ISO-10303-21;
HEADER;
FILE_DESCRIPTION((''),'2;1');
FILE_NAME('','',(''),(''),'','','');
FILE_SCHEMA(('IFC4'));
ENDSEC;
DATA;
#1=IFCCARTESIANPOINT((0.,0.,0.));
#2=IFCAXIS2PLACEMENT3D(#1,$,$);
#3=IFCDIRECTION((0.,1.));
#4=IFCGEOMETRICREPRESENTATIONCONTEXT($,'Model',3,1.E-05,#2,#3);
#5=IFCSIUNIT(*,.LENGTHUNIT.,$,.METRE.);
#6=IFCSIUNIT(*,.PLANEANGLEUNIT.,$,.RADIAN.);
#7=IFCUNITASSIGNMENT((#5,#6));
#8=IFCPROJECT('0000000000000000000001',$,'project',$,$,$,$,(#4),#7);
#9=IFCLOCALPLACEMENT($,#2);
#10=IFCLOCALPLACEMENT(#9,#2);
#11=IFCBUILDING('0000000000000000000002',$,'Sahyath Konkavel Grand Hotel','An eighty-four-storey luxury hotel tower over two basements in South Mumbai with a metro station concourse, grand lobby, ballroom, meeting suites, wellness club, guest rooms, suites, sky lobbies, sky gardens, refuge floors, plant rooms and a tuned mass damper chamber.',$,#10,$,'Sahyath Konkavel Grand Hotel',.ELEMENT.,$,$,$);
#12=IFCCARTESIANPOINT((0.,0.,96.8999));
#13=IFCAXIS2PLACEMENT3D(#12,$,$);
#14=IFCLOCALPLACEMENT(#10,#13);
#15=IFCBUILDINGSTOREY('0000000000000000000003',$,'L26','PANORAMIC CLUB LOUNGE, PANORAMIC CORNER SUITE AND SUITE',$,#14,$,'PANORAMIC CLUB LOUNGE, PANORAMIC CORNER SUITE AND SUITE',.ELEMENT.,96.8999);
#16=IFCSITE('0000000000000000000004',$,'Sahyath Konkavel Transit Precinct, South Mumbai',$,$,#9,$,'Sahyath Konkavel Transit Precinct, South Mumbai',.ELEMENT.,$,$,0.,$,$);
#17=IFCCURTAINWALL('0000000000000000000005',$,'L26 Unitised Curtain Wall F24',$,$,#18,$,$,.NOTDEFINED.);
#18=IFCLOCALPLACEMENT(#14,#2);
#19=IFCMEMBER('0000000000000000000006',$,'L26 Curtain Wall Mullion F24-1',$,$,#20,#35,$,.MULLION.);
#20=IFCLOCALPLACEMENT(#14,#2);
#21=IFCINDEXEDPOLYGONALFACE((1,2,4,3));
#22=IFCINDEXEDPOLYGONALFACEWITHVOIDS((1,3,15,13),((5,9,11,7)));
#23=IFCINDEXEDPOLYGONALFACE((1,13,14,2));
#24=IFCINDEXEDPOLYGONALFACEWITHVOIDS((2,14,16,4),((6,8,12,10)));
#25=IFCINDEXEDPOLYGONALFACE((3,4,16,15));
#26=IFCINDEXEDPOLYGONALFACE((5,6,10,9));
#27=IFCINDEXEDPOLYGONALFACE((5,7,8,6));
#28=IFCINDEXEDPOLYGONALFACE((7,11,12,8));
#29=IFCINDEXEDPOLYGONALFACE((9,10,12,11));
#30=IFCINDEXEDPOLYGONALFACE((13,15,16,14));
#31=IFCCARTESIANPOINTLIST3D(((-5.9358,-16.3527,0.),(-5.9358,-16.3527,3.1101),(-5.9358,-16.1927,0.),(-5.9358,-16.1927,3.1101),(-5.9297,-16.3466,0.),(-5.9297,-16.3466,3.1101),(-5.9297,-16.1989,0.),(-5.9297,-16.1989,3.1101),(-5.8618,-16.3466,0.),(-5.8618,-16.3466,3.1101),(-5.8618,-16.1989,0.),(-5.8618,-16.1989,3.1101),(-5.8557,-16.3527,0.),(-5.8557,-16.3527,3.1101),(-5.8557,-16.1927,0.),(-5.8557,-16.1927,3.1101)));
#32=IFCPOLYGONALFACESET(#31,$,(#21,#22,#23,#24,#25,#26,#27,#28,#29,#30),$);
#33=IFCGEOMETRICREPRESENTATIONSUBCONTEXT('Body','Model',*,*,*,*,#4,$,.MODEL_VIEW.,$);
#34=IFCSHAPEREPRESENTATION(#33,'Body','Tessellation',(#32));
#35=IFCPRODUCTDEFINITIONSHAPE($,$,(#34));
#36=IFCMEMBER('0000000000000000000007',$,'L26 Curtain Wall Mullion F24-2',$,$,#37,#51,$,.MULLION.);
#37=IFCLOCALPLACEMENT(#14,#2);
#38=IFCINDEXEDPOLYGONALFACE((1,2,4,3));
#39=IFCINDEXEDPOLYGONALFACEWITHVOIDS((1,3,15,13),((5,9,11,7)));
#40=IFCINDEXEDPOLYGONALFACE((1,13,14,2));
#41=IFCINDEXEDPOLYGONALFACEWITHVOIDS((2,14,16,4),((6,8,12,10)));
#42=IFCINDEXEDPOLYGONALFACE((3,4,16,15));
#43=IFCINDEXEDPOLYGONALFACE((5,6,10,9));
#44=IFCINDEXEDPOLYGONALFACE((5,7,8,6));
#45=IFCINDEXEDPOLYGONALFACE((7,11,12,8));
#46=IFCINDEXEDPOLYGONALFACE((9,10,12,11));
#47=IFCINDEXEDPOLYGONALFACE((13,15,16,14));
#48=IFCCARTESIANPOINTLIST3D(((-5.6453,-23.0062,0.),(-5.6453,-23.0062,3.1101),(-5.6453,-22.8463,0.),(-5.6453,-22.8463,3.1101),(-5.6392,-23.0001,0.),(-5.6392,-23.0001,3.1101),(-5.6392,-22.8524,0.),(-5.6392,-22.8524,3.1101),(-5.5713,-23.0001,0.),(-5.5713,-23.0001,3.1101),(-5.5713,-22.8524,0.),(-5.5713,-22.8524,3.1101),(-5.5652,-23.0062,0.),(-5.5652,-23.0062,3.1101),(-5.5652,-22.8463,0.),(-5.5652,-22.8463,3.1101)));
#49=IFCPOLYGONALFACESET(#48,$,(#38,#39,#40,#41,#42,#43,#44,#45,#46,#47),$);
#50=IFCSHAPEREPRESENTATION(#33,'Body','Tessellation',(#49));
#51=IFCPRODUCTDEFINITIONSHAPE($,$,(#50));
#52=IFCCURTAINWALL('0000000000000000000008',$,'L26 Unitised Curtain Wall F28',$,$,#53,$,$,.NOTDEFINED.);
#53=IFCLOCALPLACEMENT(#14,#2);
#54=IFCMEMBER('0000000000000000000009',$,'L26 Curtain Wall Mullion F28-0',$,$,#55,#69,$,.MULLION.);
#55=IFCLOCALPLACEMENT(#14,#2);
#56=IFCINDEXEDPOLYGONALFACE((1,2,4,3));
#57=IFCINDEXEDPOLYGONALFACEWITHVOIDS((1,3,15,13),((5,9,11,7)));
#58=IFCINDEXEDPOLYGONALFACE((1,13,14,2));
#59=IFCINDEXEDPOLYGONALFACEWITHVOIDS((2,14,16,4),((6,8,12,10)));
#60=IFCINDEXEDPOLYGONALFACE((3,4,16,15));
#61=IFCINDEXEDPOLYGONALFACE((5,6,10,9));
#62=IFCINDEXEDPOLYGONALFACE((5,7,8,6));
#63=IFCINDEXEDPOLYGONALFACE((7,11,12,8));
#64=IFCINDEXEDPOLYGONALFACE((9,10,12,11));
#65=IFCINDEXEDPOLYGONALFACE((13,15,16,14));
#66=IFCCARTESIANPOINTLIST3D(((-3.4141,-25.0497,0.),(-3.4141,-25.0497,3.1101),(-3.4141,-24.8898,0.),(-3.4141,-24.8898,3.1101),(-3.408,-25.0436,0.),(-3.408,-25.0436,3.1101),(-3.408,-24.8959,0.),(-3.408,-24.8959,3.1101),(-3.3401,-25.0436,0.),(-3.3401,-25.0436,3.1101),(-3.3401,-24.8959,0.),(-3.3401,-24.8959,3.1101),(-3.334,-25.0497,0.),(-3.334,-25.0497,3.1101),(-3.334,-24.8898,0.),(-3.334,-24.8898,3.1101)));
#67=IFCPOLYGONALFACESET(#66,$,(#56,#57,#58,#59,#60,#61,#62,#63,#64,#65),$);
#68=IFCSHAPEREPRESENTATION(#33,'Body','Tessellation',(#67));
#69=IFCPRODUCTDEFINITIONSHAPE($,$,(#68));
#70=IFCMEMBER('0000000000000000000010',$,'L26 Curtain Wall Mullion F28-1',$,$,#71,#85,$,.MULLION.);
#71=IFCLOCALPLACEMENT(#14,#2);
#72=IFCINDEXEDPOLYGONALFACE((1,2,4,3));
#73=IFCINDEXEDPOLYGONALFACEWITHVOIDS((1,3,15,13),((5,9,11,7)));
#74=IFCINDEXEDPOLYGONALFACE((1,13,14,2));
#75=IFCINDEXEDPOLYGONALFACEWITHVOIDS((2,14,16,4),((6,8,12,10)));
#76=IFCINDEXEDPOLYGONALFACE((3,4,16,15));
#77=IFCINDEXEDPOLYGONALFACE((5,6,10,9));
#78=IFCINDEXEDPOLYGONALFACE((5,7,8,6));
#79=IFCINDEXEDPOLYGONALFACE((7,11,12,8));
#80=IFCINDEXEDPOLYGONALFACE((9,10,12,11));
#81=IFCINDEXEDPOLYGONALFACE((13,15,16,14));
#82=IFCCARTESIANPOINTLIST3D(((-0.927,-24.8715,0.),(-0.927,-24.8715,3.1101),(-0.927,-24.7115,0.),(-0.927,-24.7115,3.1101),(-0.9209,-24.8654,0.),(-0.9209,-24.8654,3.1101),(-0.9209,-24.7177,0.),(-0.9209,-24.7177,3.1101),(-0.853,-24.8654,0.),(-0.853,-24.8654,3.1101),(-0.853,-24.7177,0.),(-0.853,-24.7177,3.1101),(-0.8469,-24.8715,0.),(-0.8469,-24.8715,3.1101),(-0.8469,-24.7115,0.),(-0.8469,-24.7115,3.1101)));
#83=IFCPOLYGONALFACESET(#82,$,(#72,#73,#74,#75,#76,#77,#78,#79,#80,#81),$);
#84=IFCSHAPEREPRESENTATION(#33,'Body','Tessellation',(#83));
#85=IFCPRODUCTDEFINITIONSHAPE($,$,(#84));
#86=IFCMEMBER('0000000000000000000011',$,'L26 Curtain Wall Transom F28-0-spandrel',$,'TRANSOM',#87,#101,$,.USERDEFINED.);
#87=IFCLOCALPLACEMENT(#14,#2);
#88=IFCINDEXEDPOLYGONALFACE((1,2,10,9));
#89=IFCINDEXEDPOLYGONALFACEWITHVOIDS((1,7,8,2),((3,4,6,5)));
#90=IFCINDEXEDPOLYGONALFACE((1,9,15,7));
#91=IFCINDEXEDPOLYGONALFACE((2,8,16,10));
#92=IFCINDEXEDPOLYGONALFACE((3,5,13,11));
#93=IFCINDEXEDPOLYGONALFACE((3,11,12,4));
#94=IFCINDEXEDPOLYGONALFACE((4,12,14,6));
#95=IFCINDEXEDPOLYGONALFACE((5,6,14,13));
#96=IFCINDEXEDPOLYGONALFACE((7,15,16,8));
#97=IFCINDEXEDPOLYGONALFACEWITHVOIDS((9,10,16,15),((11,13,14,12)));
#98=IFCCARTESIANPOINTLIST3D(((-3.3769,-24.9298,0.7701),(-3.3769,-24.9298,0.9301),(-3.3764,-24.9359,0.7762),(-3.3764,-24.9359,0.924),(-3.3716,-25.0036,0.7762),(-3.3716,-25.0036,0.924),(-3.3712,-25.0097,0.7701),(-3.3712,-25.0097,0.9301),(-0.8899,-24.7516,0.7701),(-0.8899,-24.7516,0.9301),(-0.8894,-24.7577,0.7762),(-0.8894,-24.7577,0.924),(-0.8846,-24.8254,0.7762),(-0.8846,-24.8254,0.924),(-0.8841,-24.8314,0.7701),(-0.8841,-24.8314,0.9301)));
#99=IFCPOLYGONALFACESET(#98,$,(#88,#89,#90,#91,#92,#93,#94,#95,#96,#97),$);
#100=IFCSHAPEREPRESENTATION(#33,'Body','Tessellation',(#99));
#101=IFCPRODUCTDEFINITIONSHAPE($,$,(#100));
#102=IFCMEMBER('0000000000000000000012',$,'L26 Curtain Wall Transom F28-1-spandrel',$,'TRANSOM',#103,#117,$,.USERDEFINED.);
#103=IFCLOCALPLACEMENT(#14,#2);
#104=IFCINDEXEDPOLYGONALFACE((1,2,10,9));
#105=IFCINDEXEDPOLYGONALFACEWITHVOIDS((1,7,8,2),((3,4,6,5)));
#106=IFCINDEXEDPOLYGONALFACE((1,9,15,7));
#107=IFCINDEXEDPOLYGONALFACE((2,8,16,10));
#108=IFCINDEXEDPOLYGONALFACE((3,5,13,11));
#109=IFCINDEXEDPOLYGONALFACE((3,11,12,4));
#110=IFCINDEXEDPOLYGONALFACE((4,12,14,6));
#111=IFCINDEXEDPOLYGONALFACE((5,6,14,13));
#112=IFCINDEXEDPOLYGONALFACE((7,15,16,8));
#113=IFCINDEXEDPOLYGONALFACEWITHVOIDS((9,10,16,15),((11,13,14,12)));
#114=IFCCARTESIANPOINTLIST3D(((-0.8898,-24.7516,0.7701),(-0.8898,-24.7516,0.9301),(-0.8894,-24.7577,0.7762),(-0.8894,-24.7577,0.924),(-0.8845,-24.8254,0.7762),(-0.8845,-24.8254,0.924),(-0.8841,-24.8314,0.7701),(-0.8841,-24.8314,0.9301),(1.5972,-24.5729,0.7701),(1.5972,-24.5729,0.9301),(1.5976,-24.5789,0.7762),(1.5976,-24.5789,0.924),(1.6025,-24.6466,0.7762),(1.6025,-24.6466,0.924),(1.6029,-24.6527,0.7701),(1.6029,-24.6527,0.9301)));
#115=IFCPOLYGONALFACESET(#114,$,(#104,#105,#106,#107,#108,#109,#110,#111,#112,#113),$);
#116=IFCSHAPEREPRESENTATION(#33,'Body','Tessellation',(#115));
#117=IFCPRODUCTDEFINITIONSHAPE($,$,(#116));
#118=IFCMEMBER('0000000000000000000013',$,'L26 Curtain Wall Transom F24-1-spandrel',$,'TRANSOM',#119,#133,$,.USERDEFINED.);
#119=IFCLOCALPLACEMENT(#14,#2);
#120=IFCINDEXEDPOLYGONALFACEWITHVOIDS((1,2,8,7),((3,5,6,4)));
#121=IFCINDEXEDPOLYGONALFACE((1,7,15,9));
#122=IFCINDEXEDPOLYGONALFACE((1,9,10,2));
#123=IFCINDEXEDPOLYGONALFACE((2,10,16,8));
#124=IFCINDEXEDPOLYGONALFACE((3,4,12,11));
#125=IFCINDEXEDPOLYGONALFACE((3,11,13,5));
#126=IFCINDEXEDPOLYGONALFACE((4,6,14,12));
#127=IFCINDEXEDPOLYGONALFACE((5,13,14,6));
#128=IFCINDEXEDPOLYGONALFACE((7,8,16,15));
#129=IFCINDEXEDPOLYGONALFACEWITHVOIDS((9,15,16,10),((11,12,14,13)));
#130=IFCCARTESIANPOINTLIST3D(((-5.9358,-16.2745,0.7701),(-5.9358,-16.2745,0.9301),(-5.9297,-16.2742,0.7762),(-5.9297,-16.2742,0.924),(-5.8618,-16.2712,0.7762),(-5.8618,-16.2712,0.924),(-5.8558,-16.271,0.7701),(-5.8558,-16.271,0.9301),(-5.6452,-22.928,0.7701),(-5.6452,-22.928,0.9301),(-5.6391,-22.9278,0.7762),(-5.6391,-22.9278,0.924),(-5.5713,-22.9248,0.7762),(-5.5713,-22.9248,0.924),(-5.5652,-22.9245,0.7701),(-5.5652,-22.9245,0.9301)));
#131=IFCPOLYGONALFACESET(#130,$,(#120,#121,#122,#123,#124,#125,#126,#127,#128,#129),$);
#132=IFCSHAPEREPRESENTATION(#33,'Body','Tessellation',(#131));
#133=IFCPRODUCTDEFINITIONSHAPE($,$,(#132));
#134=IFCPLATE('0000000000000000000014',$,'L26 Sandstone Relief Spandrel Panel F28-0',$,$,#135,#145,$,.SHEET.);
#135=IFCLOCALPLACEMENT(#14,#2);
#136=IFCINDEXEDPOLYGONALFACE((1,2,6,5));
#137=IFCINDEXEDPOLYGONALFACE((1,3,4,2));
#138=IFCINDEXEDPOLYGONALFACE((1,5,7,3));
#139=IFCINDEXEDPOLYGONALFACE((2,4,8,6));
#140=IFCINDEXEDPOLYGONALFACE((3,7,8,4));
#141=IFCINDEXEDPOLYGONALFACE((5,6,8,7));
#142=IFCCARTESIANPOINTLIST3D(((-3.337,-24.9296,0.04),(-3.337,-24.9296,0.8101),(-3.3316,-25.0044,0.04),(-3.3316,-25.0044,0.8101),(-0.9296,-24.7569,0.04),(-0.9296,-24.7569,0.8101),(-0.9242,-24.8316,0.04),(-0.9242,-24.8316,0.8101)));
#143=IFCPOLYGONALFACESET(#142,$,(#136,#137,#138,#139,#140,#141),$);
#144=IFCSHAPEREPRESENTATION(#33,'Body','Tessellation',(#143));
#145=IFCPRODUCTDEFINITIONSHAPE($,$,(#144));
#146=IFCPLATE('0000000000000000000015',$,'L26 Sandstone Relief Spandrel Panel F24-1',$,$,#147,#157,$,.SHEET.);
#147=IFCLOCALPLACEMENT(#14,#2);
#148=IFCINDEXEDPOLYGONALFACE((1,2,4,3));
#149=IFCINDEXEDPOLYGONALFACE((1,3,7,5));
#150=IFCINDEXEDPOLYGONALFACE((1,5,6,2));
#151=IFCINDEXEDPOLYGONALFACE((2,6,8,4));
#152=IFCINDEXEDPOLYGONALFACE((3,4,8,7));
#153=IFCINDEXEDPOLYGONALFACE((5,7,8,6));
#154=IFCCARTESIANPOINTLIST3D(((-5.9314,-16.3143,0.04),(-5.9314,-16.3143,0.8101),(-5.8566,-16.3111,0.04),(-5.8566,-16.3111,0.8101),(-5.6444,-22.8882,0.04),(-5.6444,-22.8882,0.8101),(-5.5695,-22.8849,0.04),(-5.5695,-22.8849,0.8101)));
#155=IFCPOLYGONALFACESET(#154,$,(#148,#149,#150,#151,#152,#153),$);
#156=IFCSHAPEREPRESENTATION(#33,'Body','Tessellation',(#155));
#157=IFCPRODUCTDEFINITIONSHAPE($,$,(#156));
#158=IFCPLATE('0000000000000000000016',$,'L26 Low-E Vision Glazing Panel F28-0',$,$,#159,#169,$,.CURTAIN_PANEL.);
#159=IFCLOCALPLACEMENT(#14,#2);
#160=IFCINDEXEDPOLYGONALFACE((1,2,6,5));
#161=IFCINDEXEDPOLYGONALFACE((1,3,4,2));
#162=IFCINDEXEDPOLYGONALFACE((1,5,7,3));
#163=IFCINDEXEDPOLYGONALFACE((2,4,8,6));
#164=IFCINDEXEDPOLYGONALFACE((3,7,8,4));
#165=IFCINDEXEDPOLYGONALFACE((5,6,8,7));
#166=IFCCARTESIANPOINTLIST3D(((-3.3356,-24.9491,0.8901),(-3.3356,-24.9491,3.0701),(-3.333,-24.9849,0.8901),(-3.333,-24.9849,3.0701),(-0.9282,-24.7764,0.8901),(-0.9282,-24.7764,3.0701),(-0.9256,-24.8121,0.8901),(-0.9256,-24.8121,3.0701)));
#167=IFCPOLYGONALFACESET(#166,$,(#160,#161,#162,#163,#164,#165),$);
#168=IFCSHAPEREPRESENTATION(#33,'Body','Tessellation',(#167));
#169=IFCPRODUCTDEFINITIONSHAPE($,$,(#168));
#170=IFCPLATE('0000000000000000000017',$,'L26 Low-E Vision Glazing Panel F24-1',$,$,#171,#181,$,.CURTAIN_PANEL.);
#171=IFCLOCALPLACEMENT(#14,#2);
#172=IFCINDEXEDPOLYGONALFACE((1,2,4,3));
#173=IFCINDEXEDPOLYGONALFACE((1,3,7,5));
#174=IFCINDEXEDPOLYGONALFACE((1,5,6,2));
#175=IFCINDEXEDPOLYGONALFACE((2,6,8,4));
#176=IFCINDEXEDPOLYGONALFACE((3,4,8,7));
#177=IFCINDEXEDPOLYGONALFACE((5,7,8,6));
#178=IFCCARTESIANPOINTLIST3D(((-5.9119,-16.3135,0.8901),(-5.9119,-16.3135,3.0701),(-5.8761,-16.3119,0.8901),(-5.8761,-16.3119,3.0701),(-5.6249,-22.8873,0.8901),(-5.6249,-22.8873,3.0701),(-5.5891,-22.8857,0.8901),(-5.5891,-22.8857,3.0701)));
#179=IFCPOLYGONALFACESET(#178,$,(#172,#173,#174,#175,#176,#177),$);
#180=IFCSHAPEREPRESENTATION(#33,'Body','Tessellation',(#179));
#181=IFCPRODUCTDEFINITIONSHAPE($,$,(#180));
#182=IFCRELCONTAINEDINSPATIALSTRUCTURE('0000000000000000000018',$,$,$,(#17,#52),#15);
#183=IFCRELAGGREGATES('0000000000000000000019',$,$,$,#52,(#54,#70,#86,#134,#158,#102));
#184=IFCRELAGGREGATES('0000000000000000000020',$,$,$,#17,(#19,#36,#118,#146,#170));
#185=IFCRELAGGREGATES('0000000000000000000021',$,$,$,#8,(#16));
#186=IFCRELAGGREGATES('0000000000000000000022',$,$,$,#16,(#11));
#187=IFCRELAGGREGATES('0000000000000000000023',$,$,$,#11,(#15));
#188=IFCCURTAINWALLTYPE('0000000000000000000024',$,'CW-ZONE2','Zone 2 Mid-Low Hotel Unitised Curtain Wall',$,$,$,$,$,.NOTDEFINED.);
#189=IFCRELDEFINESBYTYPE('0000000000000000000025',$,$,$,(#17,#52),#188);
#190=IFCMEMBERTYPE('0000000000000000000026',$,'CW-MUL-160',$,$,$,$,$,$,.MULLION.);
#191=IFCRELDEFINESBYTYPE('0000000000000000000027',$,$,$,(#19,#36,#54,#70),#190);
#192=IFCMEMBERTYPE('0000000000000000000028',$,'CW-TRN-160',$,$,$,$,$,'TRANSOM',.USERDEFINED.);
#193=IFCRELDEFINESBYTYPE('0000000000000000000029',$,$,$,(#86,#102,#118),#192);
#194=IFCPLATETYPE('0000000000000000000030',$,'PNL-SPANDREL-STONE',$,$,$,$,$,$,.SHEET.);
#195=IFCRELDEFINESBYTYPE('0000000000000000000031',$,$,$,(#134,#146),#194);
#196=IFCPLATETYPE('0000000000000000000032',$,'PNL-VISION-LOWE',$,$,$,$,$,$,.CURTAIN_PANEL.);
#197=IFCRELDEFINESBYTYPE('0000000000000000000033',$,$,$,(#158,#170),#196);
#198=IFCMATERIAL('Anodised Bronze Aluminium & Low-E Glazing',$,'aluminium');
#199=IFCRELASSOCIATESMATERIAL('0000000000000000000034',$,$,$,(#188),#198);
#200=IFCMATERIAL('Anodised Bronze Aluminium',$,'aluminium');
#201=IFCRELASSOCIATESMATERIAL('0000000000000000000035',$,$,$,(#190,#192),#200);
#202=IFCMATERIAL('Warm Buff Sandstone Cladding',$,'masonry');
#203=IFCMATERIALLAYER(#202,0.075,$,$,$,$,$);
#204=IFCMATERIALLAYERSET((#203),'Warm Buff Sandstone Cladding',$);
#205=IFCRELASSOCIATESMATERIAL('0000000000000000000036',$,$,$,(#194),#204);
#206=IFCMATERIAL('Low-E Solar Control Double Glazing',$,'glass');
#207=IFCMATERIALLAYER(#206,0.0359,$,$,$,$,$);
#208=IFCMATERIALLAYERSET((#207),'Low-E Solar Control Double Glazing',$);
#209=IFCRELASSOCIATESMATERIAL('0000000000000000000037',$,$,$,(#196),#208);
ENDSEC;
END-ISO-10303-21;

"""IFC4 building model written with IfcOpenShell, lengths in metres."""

from ifc_helpers import new_model, si_unit, direction, frame, origin, origin_2d, place, context, subcontext, project, spatial, rectangle, hollow_rectangle, extrude, source, transform, mapped, material, layer, layer_set, material_profile, profile_set, type_object, element, aggregate, save


model = new_model("IFC4")

# Units and contexts
model_context = context("Model", 3, precision=1e-05, world=origin(), true_north=direction((0.0, 1.0)))
body_context = subcontext(model_context, "Body", "Model", "MODEL_VIEW")
ifc_project = project(units=[si_unit("LENGTHUNIT", "METRE"), si_unit("PLANEANGLEUNIT", "RADIAN")], contexts=[model_context])

# Site, building, storey
site_placement = place(None, origin())
site = spatial("IfcSite", under=ifc_project, at=site_placement, Name="Sahyath Konkavel Transit Precinct, South Mumbai", LongName="Sahyath Konkavel Transit Precinct, South Mumbai", CompositionType="ELEMENT", RefElevation=0.0)
building_placement = place(site_placement, origin())
building = spatial("IfcBuilding", under=site, at=building_placement, Name="Sahyath Konkavel Grand Hotel", Description="An eighty-four-storey luxury hotel tower over two basements in South Mumbai with a metro station concourse, grand lobby, ballroom, meeting suites, wellness club, guest rooms, suites, sky lobbies, sky gardens, refuge floors, plant rooms and a tuned mass damper chamber.", LongName="Sahyath Konkavel Grand Hotel", CompositionType="ELEMENT")
storey_placement = place(building_placement, frame((0.0, 0.0, 96.8999)))
storey = spatial("IfcBuildingStorey", under=building, at=storey_placement, Name="L26", Description="PANORAMIC CLUB LOUNGE, PANORAMIC CORNER SUITE AND SUITE", LongName="PANORAMIC CLUB LOUNGE, PANORAMIC CORNER SUITE AND SUITE", CompositionType="ELEMENT", Elevation=96.8999)

# Curtain walls, members
ifc_material_1 = material(Name="Anodised Bronze Aluminium & Low-E Glazing", Category="aluminium")
curtain_wall_type = type_object("IfcCurtainWallType", Name="CW-ZONE2", Description="Zone 2 Mid-Low Hotel Unitised Curtain Wall", PredefinedType="NOTDEFINED", material=ifc_material_1)
curtain_wall_1_placement = place(storey_placement, origin())
curtain_wall_1 = element("IfcCurtainWall", 1, at=curtain_wall_1_placement, inside=storey, type_object=curtain_wall_type, Name="L26 Unitised Curtain Wall F24", PredefinedType="NOTDEFINED")
ifc_material_2 = material(Name="Anodised Bronze Aluminium", Category="aluminium")
ifc_material_profile_1 = material_profile(ifc_material_2, hollow_rectangle(XDim=0.0801, YDim=0.1599, WallThickness=0.0061, at=origin_2d()), Name="RHS 160x80x6")
ifc_profile_set_1 = profile_set([ifc_material_profile_1], Name="Anodised Bronze Aluminium")
member_type_1 = type_object("IfcMemberType", Name="CW-MUL-160", PredefinedType="MULLION", material=ifc_profile_set_1)
shared_shape_1 = source(origin(), body_context, "Body", "SweptSolid", [
    extrude(hollow_rectangle(XDim=0.0801, YDim=0.1599, WallThickness=0.0061, at=origin_2d()), origin(), (0.0, 0.0, 1.0), 3.1101),
])
member_1_placement = place(storey_placement, frame((-5.8958, -16.2727, 0.0), z_axis=(0.0, 0.0, 1.0), x_axis=(1.0, 0.0, 0.0)))
member_1 = element("IfcMember", 2, at=member_1_placement, type_object=member_type_1, Name="L26 Curtain Wall Mullion F24-1", PredefinedType="MULLION", context=body_context, shape_type="MappedRepresentation", body=[
    mapped(shared_shape_1, transform((0.0, 0.0, 0.0), scale=1.0)),
])
member_2_placement = place(storey_placement, frame((-5.6052, -22.9263, 0.0), z_axis=(0.0, 0.0, 1.0), x_axis=(1.0, 0.0, 0.0)))
member_2 = element("IfcMember", 3, at=member_2_placement, type_object=member_type_1, Name="L26 Curtain Wall Mullion F24-2", PredefinedType="MULLION", context=body_context, shape_type="MappedRepresentation", body=[
    mapped(shared_shape_1, transform((0.0, 0.0, 0.0), scale=1.0)),
])
curtain_wall_2_placement = place(storey_placement, origin())
curtain_wall_2 = element("IfcCurtainWall", 4, at=curtain_wall_2_placement, inside=storey, type_object=curtain_wall_type, Name="L26 Unitised Curtain Wall F28", PredefinedType="NOTDEFINED")
member_3_placement = place(storey_placement, frame((-3.374, -24.9697, 0.0), z_axis=(0.0, 0.0, 1.0), x_axis=(1.0, 0.0, 0.0)))
member_3 = element("IfcMember", 5, at=member_3_placement, type_object=member_type_1, Name="L26 Curtain Wall Mullion F28-0", PredefinedType="MULLION", context=body_context, shape_type="MappedRepresentation", body=[
    mapped(shared_shape_1, transform((0.0, 0.0, 0.0), scale=1.0)),
])
member_4_placement = place(storey_placement, frame((-0.887, -24.7915, 0.0), z_axis=(0.0, 0.0, 1.0), x_axis=(1.0, 0.0, 0.0)))
member_4 = element("IfcMember", 6, at=member_4_placement, type_object=member_type_1, Name="L26 Curtain Wall Mullion F28-1", PredefinedType="MULLION", context=body_context, shape_type="MappedRepresentation", body=[
    mapped(shared_shape_1, transform((0.0, 0.0, 0.0), scale=1.0)),
])
ifc_material_profile_2 = material_profile(ifc_material_2, hollow_rectangle(XDim=0.0801, YDim=0.1599, WallThickness=0.0061, at=origin_2d()), Name="RHS 160x80x6")
ifc_profile_set_2 = profile_set([ifc_material_profile_2], Name="Anodised Bronze Aluminium")
member_type_2 = type_object("IfcMemberType", Name="CW-TRN-160", ElementType="TRANSOM", PredefinedType="USERDEFINED", material=ifc_profile_set_2)
shared_shape_2 = source(origin(), body_context, "Body", "SweptSolid", [
    extrude(hollow_rectangle(XDim=0.0801, YDim=0.1599, WallThickness=0.0061, at=origin_2d()), origin(), (0.0, 0.0, 1.0), 2.4934),
])
member_5_placement = place(storey_placement, frame((-3.374, -24.9697, 0.8501), z_axis=(0.997442, 0.071477, 0.0), x_axis=(-0.071477, 0.997442, 0.0)))
member_5 = element("IfcMember", 7, at=member_5_placement, type_object=member_type_2, Name="L26 Curtain Wall Transom F28-0-spandrel", ObjectType="TRANSOM", PredefinedType="USERDEFINED", context=body_context, shape_type="MappedRepresentation", body=[
    mapped(shared_shape_2, transform((0.0, 0.0, 0.0), scale=1.0)),
])
member_6_placement = place(storey_placement, frame((-0.887, -24.7915, 0.8501), z_axis=(0.997428, 0.071671, 0.0), x_axis=(-0.071671, 0.997428, 0.0)))
member_6 = element("IfcMember", 8, at=member_6_placement, type_object=member_type_2, Name="L26 Curtain Wall Transom F28-1-spandrel", ObjectType="TRANSOM", PredefinedType="USERDEFINED", context=body_context, shape_type="MappedRepresentation", body=[
    mapped(shared_shape_2, transform((0.0, 0.0, 0.0), scale=1.0)),
])

# Member
shared_shape_3 = source(origin(), body_context, "Body", "SweptSolid", [
    extrude(hollow_rectangle(XDim=0.0801, YDim=0.1599, WallThickness=0.0061, at=origin_2d()), origin(), (0.0, 0.0, 1.0), 6.6599),
])
member_7_placement = place(storey_placement, frame((-5.8958, -16.2727, 0.8501), z_axis=(0.043623, -0.999048, 0.0), x_axis=(0.999048, 0.043623, 0.0)))
member_7 = element("IfcMember", 9, at=member_7_placement, type_object=member_type_2, Name="L26 Curtain Wall Transom F24-1-spandrel", ObjectType="TRANSOM", PredefinedType="USERDEFINED", context=body_context, shape_type="MappedRepresentation", body=[
    mapped(shared_shape_3, transform((0.0, 0.0, 0.0), scale=1.0)),
])

# Plates
ifc_material_3 = material(Name="Warm Buff Sandstone Cladding", Category="masonry")
ifc_layer_1 = layer(ifc_material_3, 0.075)
ifc_layer_set_1 = layer_set([ifc_layer_1], Name="Warm Buff Sandstone Cladding")
plate_type_1 = type_object("IfcPlateType", Name="PNL-SPANDREL-STONE", PredefinedType="SHEET", material=ifc_layer_set_1)
shared_shape_4 = source(origin(), body_context, "Body", "SweptSolid", [
    extrude(rectangle(XDim=2.4136, YDim=0.075, at=origin_2d()), origin(), (0.0, 0.0, 1.0), 0.77),
])
plate_1_placement = place(storey_placement, frame((-2.1306, -24.8806, 0.04), z_axis=(0.0, 0.0, 1.0), x_axis=(0.997436, 0.071567, 0.0)))
plate_1 = element("IfcPlate", 10, at=plate_1_placement, type_object=plate_type_1, Name="L26 Sandstone Relief Spandrel Panel F28-0", PredefinedType="SHEET", context=body_context, shape_type="MappedRepresentation", body=[
    mapped(shared_shape_4, transform((0.0, 0.0, 0.0), scale=1.0)),
])
shared_shape_5 = source(origin(), body_context, "Body", "SweptSolid", [
    extrude(rectangle(XDim=6.5801, YDim=0.075, at=origin_2d()), origin(), (0.0, 0.0, 1.0), 0.77),
])
plate_2_placement = place(storey_placement, frame((-5.7505, -19.5996, 0.04), z_axis=(0.0, 0.0, 1.0), x_axis=(0.043619, -0.999048, 0.0)))
plate_2 = element("IfcPlate", 11, at=plate_2_placement, type_object=plate_type_1, Name="L26 Sandstone Relief Spandrel Panel F24-1", PredefinedType="SHEET", context=body_context, shape_type="MappedRepresentation", body=[
    mapped(shared_shape_5, transform((0.0, 0.0, 0.0), scale=1.0)),
])
ifc_material_4 = material(Name="Low-E Solar Control Double Glazing", Category="glass")
ifc_layer_2 = layer(ifc_material_4, 0.0359)
ifc_layer_set_2 = layer_set([ifc_layer_2], Name="Low-E Solar Control Double Glazing")
plate_type_2 = type_object("IfcPlateType", Name="PNL-VISION-LOWE", PredefinedType="CURTAIN_PANEL", material=ifc_layer_set_2)
shared_shape_6 = source(origin(), body_context, "Body", "SweptSolid", [
    extrude(rectangle(XDim=2.4136, YDim=0.0359, at=origin_2d()), origin(), (0.0, 0.0, 1.0), 2.1799),
])
plate_3_placement = place(storey_placement, frame((-2.1306, -24.8806, 0.8901), z_axis=(0.0, 0.0, 1.0), x_axis=(0.997436, 0.071567, 0.0)))
plate_3 = element("IfcPlate", 12, at=plate_3_placement, type_object=plate_type_2, Name="L26 Low-E Vision Glazing Panel F28-0", PredefinedType="CURTAIN_PANEL", context=body_context, shape_type="MappedRepresentation", body=[
    mapped(shared_shape_6, transform((0.0, 0.0, 0.0), scale=1.0)),
])
aggregate(curtain_wall_2, [member_3, member_4, member_5, plate_1, plate_3, member_6])
shared_shape_7 = source(origin(), body_context, "Body", "SweptSolid", [
    extrude(rectangle(XDim=6.5801, YDim=0.0359, at=origin_2d()), origin(), (0.0, 0.0, 1.0), 2.1799),
])
plate_4_placement = place(storey_placement, frame((-5.7505, -19.5996, 0.8901), z_axis=(0.0, 0.0, 1.0), x_axis=(0.043619, -0.999048, 0.0)))
plate_4 = element("IfcPlate", 13, at=plate_4_placement, type_object=plate_type_2, Name="L26 Low-E Vision Glazing Panel F24-1", PredefinedType="CURTAIN_PANEL", context=body_context, shape_type="MappedRepresentation", body=[
    mapped(shared_shape_7, transform((0.0, 0.0, 0.0), scale=1.0)),
])
aggregate(curtain_wall_1, [member_1, member_2, member_7, plate_2, plate_4])

save(model, "model.ifc")
